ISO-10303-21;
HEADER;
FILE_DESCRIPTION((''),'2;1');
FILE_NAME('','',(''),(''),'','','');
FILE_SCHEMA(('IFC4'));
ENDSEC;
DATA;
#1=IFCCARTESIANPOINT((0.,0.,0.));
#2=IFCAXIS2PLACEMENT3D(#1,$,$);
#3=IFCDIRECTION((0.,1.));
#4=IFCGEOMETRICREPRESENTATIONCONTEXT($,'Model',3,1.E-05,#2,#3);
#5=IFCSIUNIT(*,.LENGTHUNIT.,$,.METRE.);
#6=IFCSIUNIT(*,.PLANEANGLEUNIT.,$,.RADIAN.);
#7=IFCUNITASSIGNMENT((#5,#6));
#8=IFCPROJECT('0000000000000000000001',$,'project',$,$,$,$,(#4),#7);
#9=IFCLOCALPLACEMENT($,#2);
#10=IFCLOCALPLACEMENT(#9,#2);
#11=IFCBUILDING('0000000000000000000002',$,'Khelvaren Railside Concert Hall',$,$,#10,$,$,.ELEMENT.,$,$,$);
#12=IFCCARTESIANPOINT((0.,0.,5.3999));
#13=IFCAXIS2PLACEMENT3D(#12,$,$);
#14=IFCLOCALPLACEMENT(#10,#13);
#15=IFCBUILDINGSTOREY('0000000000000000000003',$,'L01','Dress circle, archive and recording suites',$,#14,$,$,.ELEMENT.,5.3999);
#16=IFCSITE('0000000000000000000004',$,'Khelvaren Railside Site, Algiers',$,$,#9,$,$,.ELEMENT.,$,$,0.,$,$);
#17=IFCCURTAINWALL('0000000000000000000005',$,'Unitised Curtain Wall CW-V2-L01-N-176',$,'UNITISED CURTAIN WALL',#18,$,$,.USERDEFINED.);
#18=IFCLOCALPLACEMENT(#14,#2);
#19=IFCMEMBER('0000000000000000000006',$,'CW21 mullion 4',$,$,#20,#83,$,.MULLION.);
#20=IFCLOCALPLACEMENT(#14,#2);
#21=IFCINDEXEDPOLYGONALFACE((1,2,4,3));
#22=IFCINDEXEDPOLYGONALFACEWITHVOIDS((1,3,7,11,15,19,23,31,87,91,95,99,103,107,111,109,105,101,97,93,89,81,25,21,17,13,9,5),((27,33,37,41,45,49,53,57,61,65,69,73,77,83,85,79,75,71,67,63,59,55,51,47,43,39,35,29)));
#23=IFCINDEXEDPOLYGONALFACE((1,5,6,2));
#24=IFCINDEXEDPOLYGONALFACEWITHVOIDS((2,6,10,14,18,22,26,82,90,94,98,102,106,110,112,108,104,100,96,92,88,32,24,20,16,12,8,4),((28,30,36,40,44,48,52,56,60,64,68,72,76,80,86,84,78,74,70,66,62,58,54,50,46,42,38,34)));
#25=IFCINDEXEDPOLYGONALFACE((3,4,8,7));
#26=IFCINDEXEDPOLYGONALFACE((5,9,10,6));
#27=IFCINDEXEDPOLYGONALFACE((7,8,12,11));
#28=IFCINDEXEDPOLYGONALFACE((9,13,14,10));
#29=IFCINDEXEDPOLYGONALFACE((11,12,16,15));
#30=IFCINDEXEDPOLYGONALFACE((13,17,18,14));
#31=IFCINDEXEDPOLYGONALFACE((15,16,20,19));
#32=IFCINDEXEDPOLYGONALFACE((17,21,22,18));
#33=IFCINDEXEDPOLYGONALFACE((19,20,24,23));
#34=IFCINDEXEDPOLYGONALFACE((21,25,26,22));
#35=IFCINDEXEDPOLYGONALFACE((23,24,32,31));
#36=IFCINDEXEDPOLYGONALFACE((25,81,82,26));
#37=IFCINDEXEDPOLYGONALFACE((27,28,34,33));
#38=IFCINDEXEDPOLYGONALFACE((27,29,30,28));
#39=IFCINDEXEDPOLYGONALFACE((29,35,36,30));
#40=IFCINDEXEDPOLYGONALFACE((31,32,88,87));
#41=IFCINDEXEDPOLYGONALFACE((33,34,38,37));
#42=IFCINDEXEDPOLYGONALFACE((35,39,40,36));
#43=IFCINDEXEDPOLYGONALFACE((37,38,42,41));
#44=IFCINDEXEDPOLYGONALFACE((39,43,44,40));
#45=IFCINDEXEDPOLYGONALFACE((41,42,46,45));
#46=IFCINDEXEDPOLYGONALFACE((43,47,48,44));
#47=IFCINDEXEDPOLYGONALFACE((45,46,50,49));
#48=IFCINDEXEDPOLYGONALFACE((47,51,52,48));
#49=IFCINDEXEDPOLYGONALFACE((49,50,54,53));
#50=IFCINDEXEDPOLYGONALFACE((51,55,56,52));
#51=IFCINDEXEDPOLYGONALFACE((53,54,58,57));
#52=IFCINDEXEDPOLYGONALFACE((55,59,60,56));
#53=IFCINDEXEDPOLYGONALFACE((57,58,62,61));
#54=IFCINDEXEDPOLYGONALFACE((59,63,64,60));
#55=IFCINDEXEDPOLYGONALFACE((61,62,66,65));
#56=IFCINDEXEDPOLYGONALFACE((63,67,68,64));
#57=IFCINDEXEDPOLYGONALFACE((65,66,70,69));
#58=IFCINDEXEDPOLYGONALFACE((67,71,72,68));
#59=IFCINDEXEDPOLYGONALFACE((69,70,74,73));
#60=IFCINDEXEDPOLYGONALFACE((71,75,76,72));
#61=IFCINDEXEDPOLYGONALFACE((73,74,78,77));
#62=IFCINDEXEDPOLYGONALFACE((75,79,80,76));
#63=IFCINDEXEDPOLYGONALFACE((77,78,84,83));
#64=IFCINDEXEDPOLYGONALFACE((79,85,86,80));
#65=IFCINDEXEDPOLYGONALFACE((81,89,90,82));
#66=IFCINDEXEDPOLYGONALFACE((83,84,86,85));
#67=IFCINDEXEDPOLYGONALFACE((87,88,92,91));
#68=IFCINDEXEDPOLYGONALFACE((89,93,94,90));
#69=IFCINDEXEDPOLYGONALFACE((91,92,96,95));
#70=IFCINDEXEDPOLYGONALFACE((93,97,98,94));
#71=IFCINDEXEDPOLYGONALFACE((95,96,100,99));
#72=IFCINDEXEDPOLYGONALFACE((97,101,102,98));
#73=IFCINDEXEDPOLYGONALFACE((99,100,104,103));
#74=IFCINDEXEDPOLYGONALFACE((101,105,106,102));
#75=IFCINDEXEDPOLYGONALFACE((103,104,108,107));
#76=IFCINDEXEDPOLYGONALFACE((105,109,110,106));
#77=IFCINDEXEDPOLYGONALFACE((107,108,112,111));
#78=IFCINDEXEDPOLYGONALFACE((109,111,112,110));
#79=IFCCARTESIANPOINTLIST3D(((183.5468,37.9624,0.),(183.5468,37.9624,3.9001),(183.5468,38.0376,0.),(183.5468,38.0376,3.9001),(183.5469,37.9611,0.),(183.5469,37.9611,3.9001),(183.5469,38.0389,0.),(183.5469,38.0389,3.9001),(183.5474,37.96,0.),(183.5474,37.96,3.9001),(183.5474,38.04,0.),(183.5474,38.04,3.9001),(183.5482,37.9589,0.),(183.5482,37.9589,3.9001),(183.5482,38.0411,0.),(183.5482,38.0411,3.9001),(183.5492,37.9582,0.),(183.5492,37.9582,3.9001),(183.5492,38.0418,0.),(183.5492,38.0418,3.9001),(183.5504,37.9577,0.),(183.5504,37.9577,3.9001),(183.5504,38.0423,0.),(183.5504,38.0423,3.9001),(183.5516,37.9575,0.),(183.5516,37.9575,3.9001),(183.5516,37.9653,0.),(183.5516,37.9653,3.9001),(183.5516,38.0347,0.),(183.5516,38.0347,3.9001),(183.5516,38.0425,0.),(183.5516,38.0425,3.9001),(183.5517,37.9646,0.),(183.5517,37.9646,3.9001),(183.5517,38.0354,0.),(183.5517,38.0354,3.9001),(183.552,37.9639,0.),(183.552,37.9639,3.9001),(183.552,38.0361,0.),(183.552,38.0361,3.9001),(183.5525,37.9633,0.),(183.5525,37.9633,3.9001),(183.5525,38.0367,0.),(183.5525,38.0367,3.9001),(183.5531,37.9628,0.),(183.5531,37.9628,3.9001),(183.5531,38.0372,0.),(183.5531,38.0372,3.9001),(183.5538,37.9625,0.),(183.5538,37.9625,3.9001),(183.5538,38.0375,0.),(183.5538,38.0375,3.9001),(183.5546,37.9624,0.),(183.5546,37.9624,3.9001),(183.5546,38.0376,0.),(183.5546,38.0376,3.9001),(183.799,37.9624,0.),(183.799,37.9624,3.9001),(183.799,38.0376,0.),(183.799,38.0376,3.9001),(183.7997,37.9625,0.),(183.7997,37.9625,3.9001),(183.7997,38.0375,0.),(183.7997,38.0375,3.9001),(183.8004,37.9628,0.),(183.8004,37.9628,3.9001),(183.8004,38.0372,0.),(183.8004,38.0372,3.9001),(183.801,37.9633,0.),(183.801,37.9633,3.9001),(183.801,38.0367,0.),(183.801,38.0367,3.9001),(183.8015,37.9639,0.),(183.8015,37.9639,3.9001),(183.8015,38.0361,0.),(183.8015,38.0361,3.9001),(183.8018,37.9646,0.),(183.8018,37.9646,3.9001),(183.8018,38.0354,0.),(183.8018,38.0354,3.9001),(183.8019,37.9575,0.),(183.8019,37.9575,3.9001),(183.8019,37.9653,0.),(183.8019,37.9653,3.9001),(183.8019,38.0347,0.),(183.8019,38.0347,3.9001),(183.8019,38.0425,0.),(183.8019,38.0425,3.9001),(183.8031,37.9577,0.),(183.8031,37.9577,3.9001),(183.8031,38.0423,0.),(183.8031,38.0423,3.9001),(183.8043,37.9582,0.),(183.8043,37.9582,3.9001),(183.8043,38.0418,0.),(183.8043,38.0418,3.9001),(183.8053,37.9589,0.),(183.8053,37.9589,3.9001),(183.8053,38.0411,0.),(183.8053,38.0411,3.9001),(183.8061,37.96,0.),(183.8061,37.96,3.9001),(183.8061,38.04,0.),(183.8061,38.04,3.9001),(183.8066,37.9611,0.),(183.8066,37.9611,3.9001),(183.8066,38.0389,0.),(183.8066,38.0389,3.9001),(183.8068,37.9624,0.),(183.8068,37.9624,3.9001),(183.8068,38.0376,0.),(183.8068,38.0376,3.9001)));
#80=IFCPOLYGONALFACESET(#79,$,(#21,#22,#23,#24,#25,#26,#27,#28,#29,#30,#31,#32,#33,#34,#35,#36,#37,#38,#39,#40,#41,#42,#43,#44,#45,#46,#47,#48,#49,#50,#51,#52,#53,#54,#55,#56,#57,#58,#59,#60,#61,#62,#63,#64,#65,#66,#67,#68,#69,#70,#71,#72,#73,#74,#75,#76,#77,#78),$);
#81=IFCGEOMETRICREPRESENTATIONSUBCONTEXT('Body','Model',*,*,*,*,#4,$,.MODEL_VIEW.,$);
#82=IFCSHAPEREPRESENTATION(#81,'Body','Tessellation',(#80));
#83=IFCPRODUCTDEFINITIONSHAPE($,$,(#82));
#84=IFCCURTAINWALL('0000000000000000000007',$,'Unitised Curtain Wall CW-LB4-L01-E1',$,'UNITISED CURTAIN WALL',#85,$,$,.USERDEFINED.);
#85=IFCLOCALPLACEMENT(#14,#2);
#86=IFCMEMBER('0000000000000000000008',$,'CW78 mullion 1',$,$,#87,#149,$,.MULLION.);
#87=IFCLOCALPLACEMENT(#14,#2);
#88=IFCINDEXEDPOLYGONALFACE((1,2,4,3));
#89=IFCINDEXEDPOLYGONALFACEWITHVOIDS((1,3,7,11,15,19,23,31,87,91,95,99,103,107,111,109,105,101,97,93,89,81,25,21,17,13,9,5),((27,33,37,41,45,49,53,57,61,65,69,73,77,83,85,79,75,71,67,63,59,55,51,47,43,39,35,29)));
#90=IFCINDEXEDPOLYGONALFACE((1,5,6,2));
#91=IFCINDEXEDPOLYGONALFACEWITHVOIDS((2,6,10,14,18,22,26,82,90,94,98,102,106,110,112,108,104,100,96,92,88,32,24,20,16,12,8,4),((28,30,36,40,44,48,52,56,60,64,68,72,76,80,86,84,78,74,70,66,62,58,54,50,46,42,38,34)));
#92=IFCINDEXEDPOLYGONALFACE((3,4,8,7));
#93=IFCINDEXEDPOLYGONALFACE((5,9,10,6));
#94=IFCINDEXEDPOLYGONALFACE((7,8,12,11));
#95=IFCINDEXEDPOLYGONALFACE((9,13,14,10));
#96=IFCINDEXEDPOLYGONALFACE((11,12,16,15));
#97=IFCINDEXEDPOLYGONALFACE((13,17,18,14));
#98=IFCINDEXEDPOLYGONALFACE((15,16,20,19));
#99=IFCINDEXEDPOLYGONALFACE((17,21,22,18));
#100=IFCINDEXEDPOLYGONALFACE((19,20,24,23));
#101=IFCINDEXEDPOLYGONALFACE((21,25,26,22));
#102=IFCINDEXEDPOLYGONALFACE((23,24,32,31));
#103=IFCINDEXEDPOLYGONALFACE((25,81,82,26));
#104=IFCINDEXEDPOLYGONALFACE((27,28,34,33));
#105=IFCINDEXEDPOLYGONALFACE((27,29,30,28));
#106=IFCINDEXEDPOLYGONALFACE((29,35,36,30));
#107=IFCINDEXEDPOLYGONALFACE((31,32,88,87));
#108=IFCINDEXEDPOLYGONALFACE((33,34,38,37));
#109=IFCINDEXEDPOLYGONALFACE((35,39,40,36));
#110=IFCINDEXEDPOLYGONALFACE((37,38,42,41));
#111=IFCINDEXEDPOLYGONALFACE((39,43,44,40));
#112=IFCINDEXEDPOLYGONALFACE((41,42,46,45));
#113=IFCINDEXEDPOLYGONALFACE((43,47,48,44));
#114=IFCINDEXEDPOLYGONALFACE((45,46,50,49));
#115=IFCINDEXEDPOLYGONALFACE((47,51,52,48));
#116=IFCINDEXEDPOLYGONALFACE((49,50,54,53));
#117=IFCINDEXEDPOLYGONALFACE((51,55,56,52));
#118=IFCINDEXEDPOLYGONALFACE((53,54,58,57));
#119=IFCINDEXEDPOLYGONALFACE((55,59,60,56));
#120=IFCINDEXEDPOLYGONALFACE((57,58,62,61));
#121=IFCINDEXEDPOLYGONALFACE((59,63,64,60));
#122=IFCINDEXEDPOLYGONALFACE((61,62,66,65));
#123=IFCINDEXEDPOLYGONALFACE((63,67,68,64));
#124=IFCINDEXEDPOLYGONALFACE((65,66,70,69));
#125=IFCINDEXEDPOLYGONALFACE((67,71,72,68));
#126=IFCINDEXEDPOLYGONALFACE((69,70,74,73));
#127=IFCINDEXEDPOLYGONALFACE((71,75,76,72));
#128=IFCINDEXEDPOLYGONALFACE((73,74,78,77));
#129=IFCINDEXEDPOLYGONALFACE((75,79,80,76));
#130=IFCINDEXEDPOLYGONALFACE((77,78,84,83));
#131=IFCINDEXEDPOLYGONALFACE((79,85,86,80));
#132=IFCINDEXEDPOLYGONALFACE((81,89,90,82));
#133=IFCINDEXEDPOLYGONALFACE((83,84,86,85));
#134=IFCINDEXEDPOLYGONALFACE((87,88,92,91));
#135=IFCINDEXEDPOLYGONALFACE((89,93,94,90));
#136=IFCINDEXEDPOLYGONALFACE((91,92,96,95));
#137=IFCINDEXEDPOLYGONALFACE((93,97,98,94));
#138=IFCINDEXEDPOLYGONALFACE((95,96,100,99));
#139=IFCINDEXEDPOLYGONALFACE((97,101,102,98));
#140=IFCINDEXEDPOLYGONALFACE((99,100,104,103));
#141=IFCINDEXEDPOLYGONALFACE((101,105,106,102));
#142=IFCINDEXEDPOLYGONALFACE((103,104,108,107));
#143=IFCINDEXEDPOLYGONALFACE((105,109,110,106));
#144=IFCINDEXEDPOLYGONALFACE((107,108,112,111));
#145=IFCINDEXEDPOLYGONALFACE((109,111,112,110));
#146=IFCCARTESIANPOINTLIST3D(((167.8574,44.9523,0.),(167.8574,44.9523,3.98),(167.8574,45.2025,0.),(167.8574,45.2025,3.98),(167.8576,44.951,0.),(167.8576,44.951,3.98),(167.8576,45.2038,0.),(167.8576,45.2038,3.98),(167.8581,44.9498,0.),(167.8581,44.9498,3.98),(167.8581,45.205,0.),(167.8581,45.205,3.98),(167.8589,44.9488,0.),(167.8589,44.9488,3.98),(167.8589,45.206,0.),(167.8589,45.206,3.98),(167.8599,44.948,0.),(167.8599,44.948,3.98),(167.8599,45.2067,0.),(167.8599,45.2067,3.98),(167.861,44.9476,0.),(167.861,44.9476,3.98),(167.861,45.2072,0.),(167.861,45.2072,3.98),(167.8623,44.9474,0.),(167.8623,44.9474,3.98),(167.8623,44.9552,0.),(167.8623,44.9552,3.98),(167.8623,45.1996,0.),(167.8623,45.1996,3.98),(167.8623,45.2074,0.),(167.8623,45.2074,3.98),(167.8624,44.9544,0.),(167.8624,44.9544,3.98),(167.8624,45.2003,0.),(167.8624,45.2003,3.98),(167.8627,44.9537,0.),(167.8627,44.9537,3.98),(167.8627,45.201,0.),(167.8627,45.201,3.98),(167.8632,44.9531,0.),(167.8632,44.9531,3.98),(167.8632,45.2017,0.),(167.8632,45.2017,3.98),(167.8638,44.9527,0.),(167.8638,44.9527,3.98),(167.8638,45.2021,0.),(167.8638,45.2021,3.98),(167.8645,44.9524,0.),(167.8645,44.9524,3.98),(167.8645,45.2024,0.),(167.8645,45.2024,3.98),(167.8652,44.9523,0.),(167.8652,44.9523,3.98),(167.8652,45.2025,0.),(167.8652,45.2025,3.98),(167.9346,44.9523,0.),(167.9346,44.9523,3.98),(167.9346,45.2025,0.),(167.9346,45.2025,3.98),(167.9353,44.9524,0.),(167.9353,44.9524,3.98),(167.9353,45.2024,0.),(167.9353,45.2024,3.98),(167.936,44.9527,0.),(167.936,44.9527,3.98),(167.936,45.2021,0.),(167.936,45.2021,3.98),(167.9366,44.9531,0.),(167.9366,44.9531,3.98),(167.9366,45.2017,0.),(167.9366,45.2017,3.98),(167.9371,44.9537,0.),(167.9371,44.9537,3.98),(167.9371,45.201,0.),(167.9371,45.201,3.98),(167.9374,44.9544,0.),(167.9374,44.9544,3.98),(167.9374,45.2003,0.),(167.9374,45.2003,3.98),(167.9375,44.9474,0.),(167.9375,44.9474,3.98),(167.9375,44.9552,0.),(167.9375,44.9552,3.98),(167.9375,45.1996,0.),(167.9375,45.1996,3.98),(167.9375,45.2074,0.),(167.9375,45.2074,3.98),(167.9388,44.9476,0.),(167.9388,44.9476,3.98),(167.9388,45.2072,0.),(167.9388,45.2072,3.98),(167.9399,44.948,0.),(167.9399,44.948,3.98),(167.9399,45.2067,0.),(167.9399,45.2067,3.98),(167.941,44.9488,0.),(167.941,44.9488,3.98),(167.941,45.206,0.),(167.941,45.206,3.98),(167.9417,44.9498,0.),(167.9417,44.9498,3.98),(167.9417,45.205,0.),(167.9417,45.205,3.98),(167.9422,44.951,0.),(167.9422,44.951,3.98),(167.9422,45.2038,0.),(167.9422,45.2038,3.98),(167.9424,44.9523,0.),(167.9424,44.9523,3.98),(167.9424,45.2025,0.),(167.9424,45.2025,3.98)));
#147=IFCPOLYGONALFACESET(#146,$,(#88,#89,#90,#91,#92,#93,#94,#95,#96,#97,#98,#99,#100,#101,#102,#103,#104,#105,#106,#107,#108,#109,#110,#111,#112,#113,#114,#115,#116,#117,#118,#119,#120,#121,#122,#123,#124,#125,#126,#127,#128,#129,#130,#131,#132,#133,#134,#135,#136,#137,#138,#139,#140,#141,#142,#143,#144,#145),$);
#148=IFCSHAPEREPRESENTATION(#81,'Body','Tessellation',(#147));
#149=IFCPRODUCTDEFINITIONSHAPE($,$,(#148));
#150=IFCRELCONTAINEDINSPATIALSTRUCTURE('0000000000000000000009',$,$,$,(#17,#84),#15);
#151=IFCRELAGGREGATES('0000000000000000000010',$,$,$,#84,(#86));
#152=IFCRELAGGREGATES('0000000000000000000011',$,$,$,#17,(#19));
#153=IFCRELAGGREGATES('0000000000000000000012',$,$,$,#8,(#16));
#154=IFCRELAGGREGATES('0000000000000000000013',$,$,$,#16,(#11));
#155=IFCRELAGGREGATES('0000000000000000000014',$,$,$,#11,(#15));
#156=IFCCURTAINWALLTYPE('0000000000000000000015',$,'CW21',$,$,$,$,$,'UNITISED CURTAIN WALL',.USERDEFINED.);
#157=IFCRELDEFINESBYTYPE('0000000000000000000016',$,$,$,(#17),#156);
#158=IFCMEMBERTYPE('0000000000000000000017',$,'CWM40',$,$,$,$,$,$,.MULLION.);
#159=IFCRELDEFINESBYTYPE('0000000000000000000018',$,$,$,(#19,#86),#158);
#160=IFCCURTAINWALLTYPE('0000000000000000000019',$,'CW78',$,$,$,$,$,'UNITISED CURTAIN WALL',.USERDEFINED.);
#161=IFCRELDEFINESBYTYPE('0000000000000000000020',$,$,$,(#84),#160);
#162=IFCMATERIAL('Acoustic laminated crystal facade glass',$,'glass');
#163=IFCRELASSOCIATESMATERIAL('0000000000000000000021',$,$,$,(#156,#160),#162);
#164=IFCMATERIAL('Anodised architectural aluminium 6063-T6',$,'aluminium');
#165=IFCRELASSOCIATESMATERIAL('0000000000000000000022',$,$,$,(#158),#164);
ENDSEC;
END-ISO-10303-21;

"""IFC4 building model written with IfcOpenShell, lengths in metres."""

from ifc_helpers import new_model, si_unit, direction, frame, origin, origin_2d, place, context, subcontext, project, spatial, hollow_rectangle, extrude, material, material_profile, profile_set, type_object, element, aggregate, save


model = new_model("IFC4")

# Units and contexts
model_context = context("Model", 3, precision=1e-05, world=origin(), true_north=direction((0.0, 1.0)))
body_context = subcontext(model_context, "Body", "Model", "MODEL_VIEW")
ifc_project = project(units=[si_unit("LENGTHUNIT", "METRE"), si_unit("PLANEANGLEUNIT", "RADIAN")], contexts=[model_context])

# Site, building, storey
site_placement = place(None, origin())
site = spatial("IfcSite", under=ifc_project, at=site_placement, Name="Khelvaren Railside Site, Algiers", CompositionType="ELEMENT", RefElevation=0.0)
building_placement = place(site_placement, origin())
building = spatial("IfcBuilding", under=site, at=building_placement, Name="Khelvaren Railside Concert Hall", CompositionType="ELEMENT")
storey_placement = place(building_placement, frame((0.0, 0.0, 5.3999)))
storey = spatial("IfcBuildingStorey", under=building, at=storey_placement, Name="L01", Description="Dress circle, archive and recording suites", CompositionType="ELEMENT", Elevation=5.3999)

# Curtain wall, member
ifc_material_1 = material(Name="Acoustic laminated crystal facade glass", Category="glass")
curtain_wall_type_1 = type_object("IfcCurtainWallType", Name="CW21", ElementType="UNITISED CURTAIN WALL", PredefinedType="USERDEFINED", material=ifc_material_1)
curtain_wall_1_placement = place(storey_placement, origin())
curtain_wall_1 = element("IfcCurtainWall", 1, at=curtain_wall_1_placement, inside=storey, type_object=curtain_wall_type_1, Name="Unitised Curtain Wall CW-V2-L01-N-176", ObjectType="UNITISED CURTAIN WALL", PredefinedType="USERDEFINED")
ifc_material_2 = material(Name="Anodised architectural aluminium 6063-T6", Category="aluminium")
ifc_material_profile_1 = material_profile(ifc_material_2, hollow_rectangle(XDim=0.085, YDim=0.26, WallThickness=0.0049, InnerFilletRadius=0.0029, OuterFilletRadius=0.0049, at=origin_2d()), Name="CWM 85x260x5")
ifc_profile_set_1 = profile_set([ifc_material_profile_1], Name="Anodised architectural aluminium 6063-T6")
member_type_1 = type_object("IfcMemberType", Name="CWM40", PredefinedType="MULLION", material=ifc_profile_set_1)
member_1_placement = place(storey_placement, frame((183.6768, 38.0, 0.0), z_axis=(0.0, 0.0, 1.0), x_axis=(0.0, 1.0, 0.0)))
member_1 = element("IfcMember", 2, at=member_1_placement, type_object=member_type_1, Name="CW21 mullion 4", PredefinedType="MULLION", context=body_context, shape_type="SweptSolid", body=[
    extrude(hollow_rectangle(XDim=0.085, YDim=0.26, WallThickness=0.0049, InnerFilletRadius=0.0029, OuterFilletRadius=0.0049, at=origin_2d()), origin(), (0.0, 0.0, 1.0), 3.9001),
])

# Curtain wall, member
curtain_wall_type_2 = type_object("IfcCurtainWallType", Name="CW78", ElementType="UNITISED CURTAIN WALL", PredefinedType="USERDEFINED", material=ifc_material_1)
curtain_wall_2_placement = place(storey_placement, origin())
curtain_wall_2 = element("IfcCurtainWall", 3, at=curtain_wall_2_placement, inside=storey, type_object=curtain_wall_type_2, Name="Unitised Curtain Wall CW-LB4-L01-E1", ObjectType="UNITISED CURTAIN WALL", PredefinedType="USERDEFINED")
member_2_placement = place(storey_placement, frame((167.8999, 45.0774, 0.0), z_axis=(0.0, 0.0, 1.0), x_axis=(1.0, 0.0, 0.0)))
member_2 = element("IfcMember", 4, at=member_2_placement, type_object=member_type_1, Name="CW78 mullion 1", PredefinedType="MULLION", context=body_context, shape_type="SweptSolid", body=[
    extrude(hollow_rectangle(XDim=0.085, YDim=0.26, WallThickness=0.0049, InnerFilletRadius=0.0029, OuterFilletRadius=0.0049, at=origin_2d()), origin(), (0.0, 0.0, 1.0), 3.98),
])
aggregate(curtain_wall_2, [member_2])

aggregate(curtain_wall_1, [member_1])

save(model, "model.ifc")
